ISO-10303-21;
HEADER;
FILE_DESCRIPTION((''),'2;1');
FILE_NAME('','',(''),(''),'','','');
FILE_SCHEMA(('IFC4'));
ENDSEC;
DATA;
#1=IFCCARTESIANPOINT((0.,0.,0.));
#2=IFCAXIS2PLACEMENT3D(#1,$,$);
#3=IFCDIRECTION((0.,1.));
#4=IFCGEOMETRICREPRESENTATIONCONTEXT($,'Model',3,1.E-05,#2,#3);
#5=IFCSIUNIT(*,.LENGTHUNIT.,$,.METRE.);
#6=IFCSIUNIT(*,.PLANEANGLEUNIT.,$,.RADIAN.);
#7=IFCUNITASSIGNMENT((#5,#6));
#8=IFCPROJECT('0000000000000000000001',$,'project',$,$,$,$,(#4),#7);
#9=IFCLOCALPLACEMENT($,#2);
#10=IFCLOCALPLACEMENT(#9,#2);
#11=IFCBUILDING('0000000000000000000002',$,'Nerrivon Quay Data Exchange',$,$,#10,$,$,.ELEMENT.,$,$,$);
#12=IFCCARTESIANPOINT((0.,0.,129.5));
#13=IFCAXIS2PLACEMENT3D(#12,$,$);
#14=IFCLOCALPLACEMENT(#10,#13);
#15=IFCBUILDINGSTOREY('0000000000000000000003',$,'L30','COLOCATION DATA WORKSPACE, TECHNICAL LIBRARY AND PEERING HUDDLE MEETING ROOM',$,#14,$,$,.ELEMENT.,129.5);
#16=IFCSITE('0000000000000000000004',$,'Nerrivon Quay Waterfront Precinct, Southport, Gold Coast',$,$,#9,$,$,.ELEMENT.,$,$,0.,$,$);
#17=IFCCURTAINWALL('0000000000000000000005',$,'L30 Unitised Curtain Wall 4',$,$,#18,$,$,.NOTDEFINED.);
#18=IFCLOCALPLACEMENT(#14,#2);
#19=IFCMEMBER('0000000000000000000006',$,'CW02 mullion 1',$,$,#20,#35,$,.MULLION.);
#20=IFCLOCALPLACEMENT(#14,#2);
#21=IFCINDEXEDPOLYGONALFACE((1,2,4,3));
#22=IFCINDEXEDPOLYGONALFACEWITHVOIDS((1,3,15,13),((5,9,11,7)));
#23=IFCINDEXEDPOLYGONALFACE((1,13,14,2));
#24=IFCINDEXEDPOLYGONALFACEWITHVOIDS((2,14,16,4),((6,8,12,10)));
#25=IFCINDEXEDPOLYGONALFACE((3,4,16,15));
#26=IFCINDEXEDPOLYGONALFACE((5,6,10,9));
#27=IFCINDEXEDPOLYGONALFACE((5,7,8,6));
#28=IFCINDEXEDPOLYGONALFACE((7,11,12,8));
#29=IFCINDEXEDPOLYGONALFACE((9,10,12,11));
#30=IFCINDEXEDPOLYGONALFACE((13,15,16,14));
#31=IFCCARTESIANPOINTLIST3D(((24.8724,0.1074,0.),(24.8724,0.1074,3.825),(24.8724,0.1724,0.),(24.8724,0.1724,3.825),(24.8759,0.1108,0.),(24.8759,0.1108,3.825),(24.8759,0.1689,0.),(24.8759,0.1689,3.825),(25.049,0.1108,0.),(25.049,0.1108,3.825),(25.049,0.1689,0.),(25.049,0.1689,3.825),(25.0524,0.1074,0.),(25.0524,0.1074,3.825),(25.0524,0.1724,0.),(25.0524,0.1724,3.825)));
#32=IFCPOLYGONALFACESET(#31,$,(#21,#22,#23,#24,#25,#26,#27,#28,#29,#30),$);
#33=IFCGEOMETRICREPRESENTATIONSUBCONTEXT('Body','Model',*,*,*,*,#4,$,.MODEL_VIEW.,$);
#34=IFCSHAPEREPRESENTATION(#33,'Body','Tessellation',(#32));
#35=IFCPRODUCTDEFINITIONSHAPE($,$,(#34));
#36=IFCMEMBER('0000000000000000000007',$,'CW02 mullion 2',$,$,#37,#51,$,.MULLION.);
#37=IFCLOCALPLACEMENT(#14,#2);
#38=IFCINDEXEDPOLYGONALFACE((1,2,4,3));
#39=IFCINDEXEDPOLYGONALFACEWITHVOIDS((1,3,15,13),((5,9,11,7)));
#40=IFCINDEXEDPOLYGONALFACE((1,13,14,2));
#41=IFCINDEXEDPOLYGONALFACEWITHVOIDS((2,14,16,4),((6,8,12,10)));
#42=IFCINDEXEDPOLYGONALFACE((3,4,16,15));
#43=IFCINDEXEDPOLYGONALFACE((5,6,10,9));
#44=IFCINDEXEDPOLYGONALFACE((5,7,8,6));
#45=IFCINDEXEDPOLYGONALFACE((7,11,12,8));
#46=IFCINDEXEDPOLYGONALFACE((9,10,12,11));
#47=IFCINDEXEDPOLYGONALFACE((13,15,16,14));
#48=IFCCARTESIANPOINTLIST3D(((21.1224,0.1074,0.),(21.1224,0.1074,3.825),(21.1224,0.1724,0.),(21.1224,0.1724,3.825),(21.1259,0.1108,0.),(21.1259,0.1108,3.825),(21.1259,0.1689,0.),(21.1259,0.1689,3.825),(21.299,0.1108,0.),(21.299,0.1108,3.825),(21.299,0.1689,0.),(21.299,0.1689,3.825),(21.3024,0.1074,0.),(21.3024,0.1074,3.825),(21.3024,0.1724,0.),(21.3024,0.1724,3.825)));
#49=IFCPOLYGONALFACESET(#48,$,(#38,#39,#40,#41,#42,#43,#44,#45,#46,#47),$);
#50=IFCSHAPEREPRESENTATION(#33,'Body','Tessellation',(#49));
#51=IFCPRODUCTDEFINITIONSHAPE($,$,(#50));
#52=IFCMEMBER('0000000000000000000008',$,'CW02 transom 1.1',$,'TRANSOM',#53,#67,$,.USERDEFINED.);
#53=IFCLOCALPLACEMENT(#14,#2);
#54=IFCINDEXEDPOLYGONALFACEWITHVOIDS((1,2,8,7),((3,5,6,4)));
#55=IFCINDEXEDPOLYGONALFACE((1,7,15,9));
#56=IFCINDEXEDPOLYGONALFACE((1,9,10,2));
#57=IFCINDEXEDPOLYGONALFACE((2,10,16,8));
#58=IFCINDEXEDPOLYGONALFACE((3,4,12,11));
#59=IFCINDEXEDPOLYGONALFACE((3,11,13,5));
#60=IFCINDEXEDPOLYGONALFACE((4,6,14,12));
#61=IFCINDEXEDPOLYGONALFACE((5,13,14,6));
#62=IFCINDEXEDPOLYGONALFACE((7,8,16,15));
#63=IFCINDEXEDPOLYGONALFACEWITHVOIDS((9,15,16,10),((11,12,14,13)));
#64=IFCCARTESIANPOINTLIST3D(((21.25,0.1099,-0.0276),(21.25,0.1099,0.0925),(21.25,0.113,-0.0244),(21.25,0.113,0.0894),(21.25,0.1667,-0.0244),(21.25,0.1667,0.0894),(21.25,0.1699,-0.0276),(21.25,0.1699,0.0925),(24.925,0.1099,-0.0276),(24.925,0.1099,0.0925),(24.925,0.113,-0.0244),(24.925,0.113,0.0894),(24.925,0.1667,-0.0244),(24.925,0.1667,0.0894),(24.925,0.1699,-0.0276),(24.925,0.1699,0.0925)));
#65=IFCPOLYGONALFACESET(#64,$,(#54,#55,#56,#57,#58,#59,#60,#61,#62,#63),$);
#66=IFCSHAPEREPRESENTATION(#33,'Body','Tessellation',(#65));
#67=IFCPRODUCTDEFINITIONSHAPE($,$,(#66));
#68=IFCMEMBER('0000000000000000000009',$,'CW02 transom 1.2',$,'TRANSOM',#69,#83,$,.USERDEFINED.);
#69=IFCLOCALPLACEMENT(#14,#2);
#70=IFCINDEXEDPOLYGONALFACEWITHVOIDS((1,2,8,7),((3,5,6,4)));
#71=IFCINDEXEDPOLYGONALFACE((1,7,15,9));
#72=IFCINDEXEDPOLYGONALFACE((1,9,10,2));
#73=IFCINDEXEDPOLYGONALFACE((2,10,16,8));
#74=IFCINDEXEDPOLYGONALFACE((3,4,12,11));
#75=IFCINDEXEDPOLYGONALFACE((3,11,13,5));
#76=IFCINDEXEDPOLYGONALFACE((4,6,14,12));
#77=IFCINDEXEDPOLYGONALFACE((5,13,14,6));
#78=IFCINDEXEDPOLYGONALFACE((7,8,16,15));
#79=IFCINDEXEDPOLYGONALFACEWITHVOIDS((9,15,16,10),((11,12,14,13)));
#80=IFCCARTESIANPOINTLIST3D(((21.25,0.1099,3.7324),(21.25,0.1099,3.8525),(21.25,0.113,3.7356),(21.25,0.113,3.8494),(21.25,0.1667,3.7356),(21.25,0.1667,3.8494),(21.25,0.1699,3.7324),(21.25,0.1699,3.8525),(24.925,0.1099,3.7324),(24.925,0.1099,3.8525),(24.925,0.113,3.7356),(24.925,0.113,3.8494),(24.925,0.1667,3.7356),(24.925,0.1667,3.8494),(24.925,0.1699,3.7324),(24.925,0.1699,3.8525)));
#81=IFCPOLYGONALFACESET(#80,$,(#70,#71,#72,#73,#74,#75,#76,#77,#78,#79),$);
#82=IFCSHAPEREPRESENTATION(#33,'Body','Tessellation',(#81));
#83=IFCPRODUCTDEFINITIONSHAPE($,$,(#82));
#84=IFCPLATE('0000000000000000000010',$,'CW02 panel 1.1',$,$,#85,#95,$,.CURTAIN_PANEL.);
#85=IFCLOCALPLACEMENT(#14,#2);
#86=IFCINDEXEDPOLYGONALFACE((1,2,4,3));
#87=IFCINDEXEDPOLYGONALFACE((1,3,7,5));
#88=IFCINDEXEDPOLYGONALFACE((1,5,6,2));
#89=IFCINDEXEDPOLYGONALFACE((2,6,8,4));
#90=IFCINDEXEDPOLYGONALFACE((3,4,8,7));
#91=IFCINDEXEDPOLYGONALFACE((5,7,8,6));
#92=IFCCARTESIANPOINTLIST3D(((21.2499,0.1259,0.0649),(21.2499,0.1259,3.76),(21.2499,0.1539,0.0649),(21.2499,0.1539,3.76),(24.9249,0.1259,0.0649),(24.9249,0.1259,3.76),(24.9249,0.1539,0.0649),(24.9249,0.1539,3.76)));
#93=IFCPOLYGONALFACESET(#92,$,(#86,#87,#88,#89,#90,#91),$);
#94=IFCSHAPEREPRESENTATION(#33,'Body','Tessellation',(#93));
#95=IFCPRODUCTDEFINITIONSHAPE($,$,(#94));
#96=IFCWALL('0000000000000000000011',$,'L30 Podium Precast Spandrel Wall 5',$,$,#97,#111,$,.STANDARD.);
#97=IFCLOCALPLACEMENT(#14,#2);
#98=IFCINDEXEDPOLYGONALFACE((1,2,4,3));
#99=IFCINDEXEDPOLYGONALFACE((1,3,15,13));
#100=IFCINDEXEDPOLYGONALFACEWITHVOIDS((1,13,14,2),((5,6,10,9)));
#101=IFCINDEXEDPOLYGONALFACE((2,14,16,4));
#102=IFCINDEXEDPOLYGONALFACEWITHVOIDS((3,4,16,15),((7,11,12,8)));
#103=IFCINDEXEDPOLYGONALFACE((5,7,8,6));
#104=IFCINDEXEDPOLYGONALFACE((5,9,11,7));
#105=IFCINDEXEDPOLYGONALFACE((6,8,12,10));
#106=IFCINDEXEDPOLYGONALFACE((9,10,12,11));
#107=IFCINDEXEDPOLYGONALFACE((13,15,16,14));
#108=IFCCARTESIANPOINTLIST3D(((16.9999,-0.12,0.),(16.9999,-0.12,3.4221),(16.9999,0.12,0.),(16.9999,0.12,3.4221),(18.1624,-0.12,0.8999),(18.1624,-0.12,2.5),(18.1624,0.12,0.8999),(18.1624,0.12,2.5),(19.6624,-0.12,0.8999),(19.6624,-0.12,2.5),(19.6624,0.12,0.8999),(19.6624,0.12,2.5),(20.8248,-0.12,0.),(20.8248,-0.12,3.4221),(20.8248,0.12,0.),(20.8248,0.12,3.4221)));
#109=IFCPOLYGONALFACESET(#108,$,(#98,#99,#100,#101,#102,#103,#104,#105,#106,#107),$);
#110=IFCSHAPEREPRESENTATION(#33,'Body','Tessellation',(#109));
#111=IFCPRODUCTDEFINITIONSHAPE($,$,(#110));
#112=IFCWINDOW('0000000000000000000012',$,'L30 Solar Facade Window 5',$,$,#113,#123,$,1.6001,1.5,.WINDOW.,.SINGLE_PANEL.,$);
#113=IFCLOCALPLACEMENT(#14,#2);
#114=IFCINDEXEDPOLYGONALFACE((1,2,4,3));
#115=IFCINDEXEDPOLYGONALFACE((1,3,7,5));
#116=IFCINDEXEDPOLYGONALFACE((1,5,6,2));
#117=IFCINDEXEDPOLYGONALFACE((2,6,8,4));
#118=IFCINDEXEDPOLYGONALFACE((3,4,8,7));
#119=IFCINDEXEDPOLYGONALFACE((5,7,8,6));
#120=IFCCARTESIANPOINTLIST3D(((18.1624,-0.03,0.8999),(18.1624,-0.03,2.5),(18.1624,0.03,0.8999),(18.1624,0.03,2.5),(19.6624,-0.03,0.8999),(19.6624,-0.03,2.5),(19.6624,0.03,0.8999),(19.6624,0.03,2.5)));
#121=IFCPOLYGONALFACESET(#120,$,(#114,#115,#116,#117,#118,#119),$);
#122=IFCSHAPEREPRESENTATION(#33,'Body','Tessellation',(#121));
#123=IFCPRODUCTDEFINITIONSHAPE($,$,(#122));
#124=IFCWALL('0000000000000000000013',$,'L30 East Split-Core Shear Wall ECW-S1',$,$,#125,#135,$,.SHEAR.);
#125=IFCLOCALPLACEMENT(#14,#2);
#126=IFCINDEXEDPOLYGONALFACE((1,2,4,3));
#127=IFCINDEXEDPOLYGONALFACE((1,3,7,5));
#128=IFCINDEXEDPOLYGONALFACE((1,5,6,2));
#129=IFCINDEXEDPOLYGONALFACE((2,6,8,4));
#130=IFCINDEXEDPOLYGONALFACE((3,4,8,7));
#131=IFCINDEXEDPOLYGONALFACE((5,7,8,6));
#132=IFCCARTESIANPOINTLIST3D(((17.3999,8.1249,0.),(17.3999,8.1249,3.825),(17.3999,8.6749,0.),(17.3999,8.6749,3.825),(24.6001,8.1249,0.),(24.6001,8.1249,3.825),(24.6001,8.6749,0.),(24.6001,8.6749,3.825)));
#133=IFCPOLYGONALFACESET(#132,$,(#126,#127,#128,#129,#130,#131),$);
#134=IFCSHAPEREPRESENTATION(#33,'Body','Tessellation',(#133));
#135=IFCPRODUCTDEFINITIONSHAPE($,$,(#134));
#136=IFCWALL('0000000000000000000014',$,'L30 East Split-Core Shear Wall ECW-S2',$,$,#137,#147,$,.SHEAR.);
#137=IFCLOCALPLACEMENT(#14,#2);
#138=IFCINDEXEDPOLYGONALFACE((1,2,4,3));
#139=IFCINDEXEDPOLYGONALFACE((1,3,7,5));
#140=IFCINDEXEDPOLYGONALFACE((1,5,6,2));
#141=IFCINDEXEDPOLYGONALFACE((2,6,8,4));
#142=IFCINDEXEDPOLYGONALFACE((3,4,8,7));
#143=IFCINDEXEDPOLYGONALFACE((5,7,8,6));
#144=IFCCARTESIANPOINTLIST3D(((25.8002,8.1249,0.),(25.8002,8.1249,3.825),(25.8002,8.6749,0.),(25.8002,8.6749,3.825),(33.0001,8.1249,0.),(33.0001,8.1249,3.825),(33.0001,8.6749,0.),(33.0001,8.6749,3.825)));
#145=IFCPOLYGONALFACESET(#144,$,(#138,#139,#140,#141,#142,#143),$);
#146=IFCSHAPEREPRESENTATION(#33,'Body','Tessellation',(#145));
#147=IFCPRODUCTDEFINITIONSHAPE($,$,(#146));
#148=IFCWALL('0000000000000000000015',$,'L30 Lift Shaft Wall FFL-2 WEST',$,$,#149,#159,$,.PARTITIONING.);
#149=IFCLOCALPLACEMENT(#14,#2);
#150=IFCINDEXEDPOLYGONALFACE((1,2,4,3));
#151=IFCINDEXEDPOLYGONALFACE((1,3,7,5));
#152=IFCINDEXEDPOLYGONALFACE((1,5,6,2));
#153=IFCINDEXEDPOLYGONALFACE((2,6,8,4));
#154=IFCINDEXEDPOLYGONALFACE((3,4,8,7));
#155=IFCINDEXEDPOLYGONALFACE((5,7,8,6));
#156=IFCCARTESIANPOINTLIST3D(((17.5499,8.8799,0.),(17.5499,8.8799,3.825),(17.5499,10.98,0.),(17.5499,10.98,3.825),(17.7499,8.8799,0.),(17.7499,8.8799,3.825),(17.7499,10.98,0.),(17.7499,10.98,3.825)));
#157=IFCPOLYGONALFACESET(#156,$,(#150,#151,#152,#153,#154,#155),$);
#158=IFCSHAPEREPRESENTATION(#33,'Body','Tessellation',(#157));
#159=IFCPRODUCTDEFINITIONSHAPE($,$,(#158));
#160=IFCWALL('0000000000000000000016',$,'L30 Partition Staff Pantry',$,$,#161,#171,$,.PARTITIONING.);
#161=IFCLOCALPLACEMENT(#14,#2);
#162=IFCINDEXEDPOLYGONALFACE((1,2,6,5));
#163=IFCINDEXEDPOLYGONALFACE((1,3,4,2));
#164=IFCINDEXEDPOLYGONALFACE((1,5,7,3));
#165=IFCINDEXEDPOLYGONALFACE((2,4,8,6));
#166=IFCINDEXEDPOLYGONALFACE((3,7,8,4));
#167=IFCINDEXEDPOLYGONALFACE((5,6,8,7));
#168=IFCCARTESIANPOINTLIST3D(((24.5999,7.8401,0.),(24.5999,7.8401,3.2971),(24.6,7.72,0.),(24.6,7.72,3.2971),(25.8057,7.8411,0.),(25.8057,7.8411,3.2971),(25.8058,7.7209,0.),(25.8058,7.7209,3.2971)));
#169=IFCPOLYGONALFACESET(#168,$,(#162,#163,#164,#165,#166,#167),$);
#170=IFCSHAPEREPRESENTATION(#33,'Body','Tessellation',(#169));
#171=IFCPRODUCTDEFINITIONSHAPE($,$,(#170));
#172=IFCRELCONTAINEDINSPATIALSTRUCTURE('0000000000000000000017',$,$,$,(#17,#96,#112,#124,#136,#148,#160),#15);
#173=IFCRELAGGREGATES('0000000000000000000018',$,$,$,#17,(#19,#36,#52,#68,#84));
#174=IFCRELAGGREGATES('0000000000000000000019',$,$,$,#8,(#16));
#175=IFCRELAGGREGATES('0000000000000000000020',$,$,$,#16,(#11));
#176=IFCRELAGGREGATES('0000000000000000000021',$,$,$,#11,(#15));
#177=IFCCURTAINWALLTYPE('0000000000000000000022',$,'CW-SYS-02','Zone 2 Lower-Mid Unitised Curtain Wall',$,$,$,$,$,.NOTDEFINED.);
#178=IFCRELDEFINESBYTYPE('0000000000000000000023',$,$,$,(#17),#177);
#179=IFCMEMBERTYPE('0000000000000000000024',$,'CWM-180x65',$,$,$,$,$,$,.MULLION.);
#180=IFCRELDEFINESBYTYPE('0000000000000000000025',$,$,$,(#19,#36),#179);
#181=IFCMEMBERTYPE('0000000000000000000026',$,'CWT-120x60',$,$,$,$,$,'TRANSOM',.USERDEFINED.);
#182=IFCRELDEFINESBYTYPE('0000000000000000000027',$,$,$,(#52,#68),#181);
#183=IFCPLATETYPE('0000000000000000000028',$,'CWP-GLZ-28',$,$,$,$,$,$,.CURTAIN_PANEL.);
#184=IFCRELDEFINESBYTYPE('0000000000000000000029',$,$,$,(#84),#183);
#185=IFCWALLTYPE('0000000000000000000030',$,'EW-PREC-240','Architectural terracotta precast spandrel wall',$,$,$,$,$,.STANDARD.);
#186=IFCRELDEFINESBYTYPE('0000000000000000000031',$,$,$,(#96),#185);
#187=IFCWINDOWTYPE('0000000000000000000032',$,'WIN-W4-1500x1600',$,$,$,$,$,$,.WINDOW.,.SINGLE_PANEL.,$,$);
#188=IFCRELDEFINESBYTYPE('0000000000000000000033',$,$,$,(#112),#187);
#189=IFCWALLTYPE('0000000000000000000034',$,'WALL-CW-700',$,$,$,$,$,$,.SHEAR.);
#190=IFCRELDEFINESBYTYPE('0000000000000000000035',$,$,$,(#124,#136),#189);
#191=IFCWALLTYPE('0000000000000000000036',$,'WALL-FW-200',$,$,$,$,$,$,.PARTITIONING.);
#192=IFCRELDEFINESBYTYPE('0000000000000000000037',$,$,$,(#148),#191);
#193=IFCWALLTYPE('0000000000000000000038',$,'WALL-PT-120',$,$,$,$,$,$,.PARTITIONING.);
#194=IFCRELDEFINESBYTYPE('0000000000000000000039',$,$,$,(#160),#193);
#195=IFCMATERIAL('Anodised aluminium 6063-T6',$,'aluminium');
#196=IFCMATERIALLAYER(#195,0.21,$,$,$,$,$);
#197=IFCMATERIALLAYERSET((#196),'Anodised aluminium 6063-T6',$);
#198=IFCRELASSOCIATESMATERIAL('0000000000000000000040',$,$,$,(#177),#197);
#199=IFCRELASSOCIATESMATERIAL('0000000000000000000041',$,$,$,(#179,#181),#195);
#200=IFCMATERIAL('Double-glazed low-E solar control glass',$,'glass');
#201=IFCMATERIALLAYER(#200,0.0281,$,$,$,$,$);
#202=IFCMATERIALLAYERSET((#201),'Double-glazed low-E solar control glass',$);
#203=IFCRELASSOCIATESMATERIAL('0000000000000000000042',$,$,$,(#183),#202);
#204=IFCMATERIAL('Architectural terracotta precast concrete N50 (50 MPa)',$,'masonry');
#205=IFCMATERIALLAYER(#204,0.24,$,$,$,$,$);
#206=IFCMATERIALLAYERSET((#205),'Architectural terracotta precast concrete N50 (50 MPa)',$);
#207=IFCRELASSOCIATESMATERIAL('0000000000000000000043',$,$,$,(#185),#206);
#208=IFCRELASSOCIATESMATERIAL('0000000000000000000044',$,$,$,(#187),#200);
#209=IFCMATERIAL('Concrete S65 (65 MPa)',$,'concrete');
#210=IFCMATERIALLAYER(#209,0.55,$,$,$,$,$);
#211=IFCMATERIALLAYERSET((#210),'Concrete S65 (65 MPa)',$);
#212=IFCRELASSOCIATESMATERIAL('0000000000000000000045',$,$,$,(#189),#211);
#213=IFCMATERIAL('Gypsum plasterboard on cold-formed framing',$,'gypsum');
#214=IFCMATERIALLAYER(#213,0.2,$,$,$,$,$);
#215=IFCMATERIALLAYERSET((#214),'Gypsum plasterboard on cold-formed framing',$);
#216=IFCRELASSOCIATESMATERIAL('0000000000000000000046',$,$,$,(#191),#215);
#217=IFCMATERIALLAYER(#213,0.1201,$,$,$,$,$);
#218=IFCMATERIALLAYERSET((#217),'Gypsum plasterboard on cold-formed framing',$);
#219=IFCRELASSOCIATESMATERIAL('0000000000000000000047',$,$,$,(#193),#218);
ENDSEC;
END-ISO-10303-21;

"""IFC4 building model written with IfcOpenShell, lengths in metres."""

from ifc_helpers import new_model, si_unit, direction, frame, frame_2d, origin, origin_2d, place, context, subcontext, project, spatial, rectangle, hollow_rectangle, extrude, material, layer, layer_set, material_profile, profile_set, type_object, element, fill, aggregate, save


model = new_model("IFC4")

# Units and contexts
model_context = context("Model", 3, precision=1e-05, world=origin(), true_north=direction((0.0, 1.0)))
body_context = subcontext(model_context, "Body", "Model", "MODEL_VIEW")
ifc_project = project(units=[si_unit("LENGTHUNIT", "METRE"), si_unit("PLANEANGLEUNIT", "RADIAN")], contexts=[model_context])

# Site, building, storey
site_placement = place(None, origin())
site = spatial("IfcSite", under=ifc_project, at=site_placement, Name="Nerrivon Quay Waterfront Precinct, Southport, Gold Coast", CompositionType="ELEMENT", RefElevation=0.0)
building_placement = place(site_placement, origin())
building = spatial("IfcBuilding", under=site, at=building_placement, Name="Nerrivon Quay Data Exchange", CompositionType="ELEMENT")
storey_placement = place(building_placement, frame((0.0, 0.0, 129.5)))
storey = spatial("IfcBuildingStorey", under=building, at=storey_placement, Name="L30", Description="COLOCATION DATA WORKSPACE, TECHNICAL LIBRARY AND PEERING HUDDLE MEETING ROOM", CompositionType="ELEMENT", Elevation=129.5)

# Shared definitions
ifc_material_1 = material(Name="Concrete S65 (65 MPa)", Category="concrete")

# Curtain wall, members, plate
ifc_material_2 = material(Name="Anodised aluminium 6063-T6", Category="aluminium")
ifc_layer_1 = layer(ifc_material_2, 0.21)
ifc_layer_set_1 = layer_set([ifc_layer_1], Name="Anodised aluminium 6063-T6")
curtain_wall_type = type_object("IfcCurtainWallType", Name="CW-SYS-02", Description="Zone 2 Lower-Mid Unitised Curtain Wall", PredefinedType="NOTDEFINED", material=ifc_layer_set_1)
curtain_wall_placement = place(storey_placement, origin())
curtain_wall = element("IfcCurtainWall", 1, at=curtain_wall_placement, inside=storey, type_object=curtain_wall_type, Name="L30 Unitised Curtain Wall 4", PredefinedType="NOTDEFINED")
ifc_material_profile_1 = material_profile(ifc_material_2, hollow_rectangle(XDim=0.0649, YDim=0.1799, WallThickness=0.0034, at=origin_2d()), Name="ALU-MULL-180x65")
ifc_profile_set_1 = profile_set([ifc_material_profile_1], Name="Anodised aluminium 6063-T6")
member_type_1 = type_object("IfcMemberType", Name="CWM-180x65", PredefinedType="MULLION", material=ifc_profile_set_1)
member_1_placement = place(storey_placement, frame((24.9624, 0.1399, 0.0), z_axis=(0.0, 0.0, 1.0), x_axis=(0.0, -1.0, 0.0)))
member_1 = element("IfcMember", 2, at=member_1_placement, type_object=member_type_1, Name="CW02 mullion 1", PredefinedType="MULLION", context=body_context, shape_type="SweptSolid", body=[
    extrude(hollow_rectangle(XDim=0.0649, YDim=0.1799, WallThickness=0.0034, at=origin_2d()), origin(), (0.0, 0.0, 1.0), 3.825),
])
member_2_placement = place(storey_placement, frame((21.2124, 0.1399, 0.0), z_axis=(0.0, 0.0, 1.0), x_axis=(0.0, -1.0, 0.0)))
member_2 = element("IfcMember", 3, at=member_2_placement, type_object=member_type_1, Name="CW02 mullion 2", PredefinedType="MULLION", context=body_context, shape_type="SweptSolid", body=[
    extrude(hollow_rectangle(XDim=0.0649, YDim=0.1799, WallThickness=0.0034, at=origin_2d()), origin(), (0.0, 0.0, 1.0), 3.825),
])
ifc_material_profile_2 = material_profile(ifc_material_2, hollow_rectangle(XDim=0.0601, YDim=0.1201, WallThickness=0.0032, at=origin_2d()), Name="ALU-TRAN-120x60")
ifc_profile_set_2 = profile_set([ifc_material_profile_2], Name="Anodised aluminium 6063-T6")
member_type_2 = type_object("IfcMemberType", Name="CWT-120x60", ElementType="TRANSOM", PredefinedType="USERDEFINED", material=ifc_profile_set_2)
member_3_placement = place(storey_placement, frame((24.925, 0.1399, 0.0325), z_axis=(-1.0, 0.0, 0.0), x_axis=(0.0, -1.0, 0.0)))
member_3 = element("IfcMember", 4, at=member_3_placement, type_object=member_type_2, Name="CW02 transom 1.1", ObjectType="TRANSOM", PredefinedType="USERDEFINED", context=body_context, shape_type="SweptSolid", body=[
    extrude(hollow_rectangle(XDim=0.0601, YDim=0.1201, WallThickness=0.0032, at=origin_2d()), origin(), (0.0, 0.0, 1.0), 3.675),
])
member_4_placement = place(storey_placement, frame((24.925, 0.1399, 3.7925), z_axis=(-1.0, 0.0, 0.0), x_axis=(0.0, -1.0, 0.0)))
member_4 = element("IfcMember", 5, at=member_4_placement, type_object=member_type_2, Name="CW02 transom 1.2", ObjectType="TRANSOM", PredefinedType="USERDEFINED", context=body_context, shape_type="SweptSolid", body=[
    extrude(hollow_rectangle(XDim=0.0601, YDim=0.1201, WallThickness=0.0032, at=origin_2d()), origin(), (0.0, 0.0, 1.0), 3.675),
])
ifc_material_3 = material(Name="Double-glazed low-E solar control glass", Category="glass")
ifc_layer_2 = layer(ifc_material_3, 0.0281)
ifc_layer_set_2 = layer_set([ifc_layer_2], Name="Double-glazed low-E solar control glass")
plate_type = type_object("IfcPlateType", Name="CWP-GLZ-28", PredefinedType="CURTAIN_PANEL", material=ifc_layer_set_2)
plate_placement = place(storey_placement, frame((23.0874, 0.1399, 0.0649), z_axis=(0.0, 0.0, 1.0), x_axis=(-1.0, 0.0, 0.0)))
plate = element("IfcPlate", 6, at=plate_placement, type_object=plate_type, Name="CW02 panel 1.1", PredefinedType="CURTAIN_PANEL", context=body_context, shape_type="SweptSolid", body=[
    extrude(rectangle(XDim=3.675, YDim=0.0281, at=origin_2d()), origin(), (0.0, 0.0, 1.0), 3.6951),
])
aggregate(curtain_wall, [member_1, member_2, member_3, member_4, plate])

# Wall, opening, window
ifc_material_4 = material(Name="Architectural terracotta precast concrete N50 (50 MPa)", Category="masonry")
ifc_layer_3 = layer(ifc_material_4, 0.24)
ifc_layer_set_3 = layer_set([ifc_layer_3], Name="Architectural terracotta precast concrete N50 (50 MPa)")
wall_type_1 = type_object("IfcWallType", Name="EW-PREC-240", Description="Architectural terracotta precast spandrel wall", PredefinedType="STANDARD", material=ifc_layer_set_3)
wall_1_placement = place(storey_placement, frame((20.825, 0.0, 0.0), z_axis=(0.0, 0.0, 1.0), x_axis=(-1.0, 0.0, 0.0)))
wall_1 = element("IfcWall", 7, at=wall_1_placement, inside=storey, type_object=wall_type_1, Name="L30 Podium Precast Spandrel Wall 5", PredefinedType="STANDARD", context=body_context, shape_type="SweptSolid", body=[
    extrude(rectangle(XDim=3.825, YDim=0.24, at=frame_2d((1.9126, 0.0))), origin(), (0.0, 0.0, 1.0), 3.4221),
])
opening_placement = place(wall_1_placement, frame((1.1626, 0.0, 0.8999)))
opening = element("IfcOpeningElement", 8, at=opening_placement, cuts=wall_1, PredefinedType="OPENING", context=body_context, shape_type="SweptSolid", body=[
    extrude(rectangle(XDim=1.5, YDim=1.6001, at=frame_2d((0.75, 0.8))), frame((0.0, 0.1299, 0.0), z_axis=(0.0, -1.0, 0.0), x_axis=(1.0, 0.0, 0.0)), (0.0, 0.0, 1.0), 0.26),
])
window_type = type_object("IfcWindowType", Name="WIN-W4-1500x1600", PartitioningType="SINGLE_PANEL", PredefinedType="WINDOW", material=ifc_material_3)
window_placement = place(opening_placement, origin())
window = element("IfcWindow", 9, at=window_placement, inside=storey, type_object=window_type, Name="L30 Solar Facade Window 5", OverallHeight=1.6001, OverallWidth=1.5, PartitioningType="SINGLE_PANEL", PredefinedType="WINDOW", context=body_context, shape_type="SweptSolid", body=[
    extrude(rectangle(XDim=1.5, YDim=1.6001, at=frame_2d((0.75, 0.8))), frame((0.0, 0.03, 0.0), z_axis=(0.0, -1.0, 0.0), x_axis=(1.0, 0.0, 0.0)), (0.0, 0.0, 1.0), 0.0601),
])
fill(opening, window)

# Walls
ifc_layer_4 = layer(ifc_material_1, 0.55)
ifc_layer_set_4 = layer_set([ifc_layer_4], Name="Concrete S65 (65 MPa)")
wall_type_2 = type_object("IfcWallType", Name="WALL-CW-700", PredefinedType="SHEAR", material=ifc_layer_set_4)
wall_2_placement = place(storey_placement, frame((17.3999, 8.3999, 0.0), z_axis=(0.0, 0.0, 1.0), x_axis=(1.0, 0.0, 0.0)))
element("IfcWall", 10, at=wall_2_placement, inside=storey, type_object=wall_type_2, Name="L30 East Split-Core Shear Wall ECW-S1", PredefinedType="SHEAR", context=body_context, shape_type="SweptSolid", body=[
    extrude(rectangle(XDim=7.2002, YDim=0.55, at=frame_2d((3.6001, 0.0))), origin(), (0.0, 0.0, 1.0), 3.825),
])
wall_3_placement = place(storey_placement, frame((25.8, 8.3999, 0.0), z_axis=(0.0, 0.0, 1.0), x_axis=(1.0, 0.0, 0.0)))
element("IfcWall", 11, at=wall_3_placement, inside=storey, type_object=wall_type_2, Name="L30 East Split-Core Shear Wall ECW-S2", PredefinedType="SHEAR", context=body_context, shape_type="SweptSolid", body=[
    extrude(rectangle(XDim=7.2, YDim=0.55, at=frame_2d((3.6001, 0.0))), origin(), (0.0, 0.0, 1.0), 3.825),
])
ifc_material_5 = material(Name="Gypsum plasterboard on cold-formed framing", Category="gypsum")
ifc_layer_5 = layer(ifc_material_5, 0.2)
ifc_layer_set_5 = layer_set([ifc_layer_5], Name="Gypsum plasterboard on cold-formed framing")
wall_type_3 = type_object("IfcWallType", Name="WALL-FW-200", PredefinedType="PARTITIONING", material=ifc_layer_set_5)
wall_4_placement = place(storey_placement, frame((17.6499, 8.8799, 0.0), z_axis=(0.0, 0.0, 1.0), x_axis=(0.0, 1.0, 0.0)))
element("IfcWall", 12, at=wall_4_placement, inside=storey, type_object=wall_type_3, Name="L30 Lift Shaft Wall FFL-2 WEST", PredefinedType="PARTITIONING", context=body_context, shape_type="SweptSolid", body=[
    extrude(rectangle(XDim=2.1001, YDim=0.2, at=frame_2d((1.05, 0.0))), origin(), (0.0, 0.0, 1.0), 3.825),
])
ifc_layer_6 = layer(ifc_material_5, 0.1201)
ifc_layer_set_6 = layer_set([ifc_layer_6], Name="Gypsum plasterboard on cold-formed framing")
wall_type_4 = type_object("IfcWallType", Name="WALL-PT-120", PredefinedType="PARTITIONING", material=ifc_layer_set_6)
wall_5_placement = place(storey_placement, frame((25.8059, 7.781, 0.0), z_axis=(0.0, 0.0, 1.0), x_axis=(-1.0, -0.00081, 0.0)))
element("IfcWall", 13, at=wall_5_placement, inside=storey, type_object=wall_type_4, Name="L30 Partition Staff Pantry", PredefinedType="PARTITIONING", context=body_context, shape_type="SweptSolid", body=[
    extrude(rectangle(XDim=1.2058, YDim=0.1201, at=frame_2d((0.603, 0.0))), origin(), (0.0, 0.0, 1.0), 3.2971),
])

save(model, "model.ifc")
